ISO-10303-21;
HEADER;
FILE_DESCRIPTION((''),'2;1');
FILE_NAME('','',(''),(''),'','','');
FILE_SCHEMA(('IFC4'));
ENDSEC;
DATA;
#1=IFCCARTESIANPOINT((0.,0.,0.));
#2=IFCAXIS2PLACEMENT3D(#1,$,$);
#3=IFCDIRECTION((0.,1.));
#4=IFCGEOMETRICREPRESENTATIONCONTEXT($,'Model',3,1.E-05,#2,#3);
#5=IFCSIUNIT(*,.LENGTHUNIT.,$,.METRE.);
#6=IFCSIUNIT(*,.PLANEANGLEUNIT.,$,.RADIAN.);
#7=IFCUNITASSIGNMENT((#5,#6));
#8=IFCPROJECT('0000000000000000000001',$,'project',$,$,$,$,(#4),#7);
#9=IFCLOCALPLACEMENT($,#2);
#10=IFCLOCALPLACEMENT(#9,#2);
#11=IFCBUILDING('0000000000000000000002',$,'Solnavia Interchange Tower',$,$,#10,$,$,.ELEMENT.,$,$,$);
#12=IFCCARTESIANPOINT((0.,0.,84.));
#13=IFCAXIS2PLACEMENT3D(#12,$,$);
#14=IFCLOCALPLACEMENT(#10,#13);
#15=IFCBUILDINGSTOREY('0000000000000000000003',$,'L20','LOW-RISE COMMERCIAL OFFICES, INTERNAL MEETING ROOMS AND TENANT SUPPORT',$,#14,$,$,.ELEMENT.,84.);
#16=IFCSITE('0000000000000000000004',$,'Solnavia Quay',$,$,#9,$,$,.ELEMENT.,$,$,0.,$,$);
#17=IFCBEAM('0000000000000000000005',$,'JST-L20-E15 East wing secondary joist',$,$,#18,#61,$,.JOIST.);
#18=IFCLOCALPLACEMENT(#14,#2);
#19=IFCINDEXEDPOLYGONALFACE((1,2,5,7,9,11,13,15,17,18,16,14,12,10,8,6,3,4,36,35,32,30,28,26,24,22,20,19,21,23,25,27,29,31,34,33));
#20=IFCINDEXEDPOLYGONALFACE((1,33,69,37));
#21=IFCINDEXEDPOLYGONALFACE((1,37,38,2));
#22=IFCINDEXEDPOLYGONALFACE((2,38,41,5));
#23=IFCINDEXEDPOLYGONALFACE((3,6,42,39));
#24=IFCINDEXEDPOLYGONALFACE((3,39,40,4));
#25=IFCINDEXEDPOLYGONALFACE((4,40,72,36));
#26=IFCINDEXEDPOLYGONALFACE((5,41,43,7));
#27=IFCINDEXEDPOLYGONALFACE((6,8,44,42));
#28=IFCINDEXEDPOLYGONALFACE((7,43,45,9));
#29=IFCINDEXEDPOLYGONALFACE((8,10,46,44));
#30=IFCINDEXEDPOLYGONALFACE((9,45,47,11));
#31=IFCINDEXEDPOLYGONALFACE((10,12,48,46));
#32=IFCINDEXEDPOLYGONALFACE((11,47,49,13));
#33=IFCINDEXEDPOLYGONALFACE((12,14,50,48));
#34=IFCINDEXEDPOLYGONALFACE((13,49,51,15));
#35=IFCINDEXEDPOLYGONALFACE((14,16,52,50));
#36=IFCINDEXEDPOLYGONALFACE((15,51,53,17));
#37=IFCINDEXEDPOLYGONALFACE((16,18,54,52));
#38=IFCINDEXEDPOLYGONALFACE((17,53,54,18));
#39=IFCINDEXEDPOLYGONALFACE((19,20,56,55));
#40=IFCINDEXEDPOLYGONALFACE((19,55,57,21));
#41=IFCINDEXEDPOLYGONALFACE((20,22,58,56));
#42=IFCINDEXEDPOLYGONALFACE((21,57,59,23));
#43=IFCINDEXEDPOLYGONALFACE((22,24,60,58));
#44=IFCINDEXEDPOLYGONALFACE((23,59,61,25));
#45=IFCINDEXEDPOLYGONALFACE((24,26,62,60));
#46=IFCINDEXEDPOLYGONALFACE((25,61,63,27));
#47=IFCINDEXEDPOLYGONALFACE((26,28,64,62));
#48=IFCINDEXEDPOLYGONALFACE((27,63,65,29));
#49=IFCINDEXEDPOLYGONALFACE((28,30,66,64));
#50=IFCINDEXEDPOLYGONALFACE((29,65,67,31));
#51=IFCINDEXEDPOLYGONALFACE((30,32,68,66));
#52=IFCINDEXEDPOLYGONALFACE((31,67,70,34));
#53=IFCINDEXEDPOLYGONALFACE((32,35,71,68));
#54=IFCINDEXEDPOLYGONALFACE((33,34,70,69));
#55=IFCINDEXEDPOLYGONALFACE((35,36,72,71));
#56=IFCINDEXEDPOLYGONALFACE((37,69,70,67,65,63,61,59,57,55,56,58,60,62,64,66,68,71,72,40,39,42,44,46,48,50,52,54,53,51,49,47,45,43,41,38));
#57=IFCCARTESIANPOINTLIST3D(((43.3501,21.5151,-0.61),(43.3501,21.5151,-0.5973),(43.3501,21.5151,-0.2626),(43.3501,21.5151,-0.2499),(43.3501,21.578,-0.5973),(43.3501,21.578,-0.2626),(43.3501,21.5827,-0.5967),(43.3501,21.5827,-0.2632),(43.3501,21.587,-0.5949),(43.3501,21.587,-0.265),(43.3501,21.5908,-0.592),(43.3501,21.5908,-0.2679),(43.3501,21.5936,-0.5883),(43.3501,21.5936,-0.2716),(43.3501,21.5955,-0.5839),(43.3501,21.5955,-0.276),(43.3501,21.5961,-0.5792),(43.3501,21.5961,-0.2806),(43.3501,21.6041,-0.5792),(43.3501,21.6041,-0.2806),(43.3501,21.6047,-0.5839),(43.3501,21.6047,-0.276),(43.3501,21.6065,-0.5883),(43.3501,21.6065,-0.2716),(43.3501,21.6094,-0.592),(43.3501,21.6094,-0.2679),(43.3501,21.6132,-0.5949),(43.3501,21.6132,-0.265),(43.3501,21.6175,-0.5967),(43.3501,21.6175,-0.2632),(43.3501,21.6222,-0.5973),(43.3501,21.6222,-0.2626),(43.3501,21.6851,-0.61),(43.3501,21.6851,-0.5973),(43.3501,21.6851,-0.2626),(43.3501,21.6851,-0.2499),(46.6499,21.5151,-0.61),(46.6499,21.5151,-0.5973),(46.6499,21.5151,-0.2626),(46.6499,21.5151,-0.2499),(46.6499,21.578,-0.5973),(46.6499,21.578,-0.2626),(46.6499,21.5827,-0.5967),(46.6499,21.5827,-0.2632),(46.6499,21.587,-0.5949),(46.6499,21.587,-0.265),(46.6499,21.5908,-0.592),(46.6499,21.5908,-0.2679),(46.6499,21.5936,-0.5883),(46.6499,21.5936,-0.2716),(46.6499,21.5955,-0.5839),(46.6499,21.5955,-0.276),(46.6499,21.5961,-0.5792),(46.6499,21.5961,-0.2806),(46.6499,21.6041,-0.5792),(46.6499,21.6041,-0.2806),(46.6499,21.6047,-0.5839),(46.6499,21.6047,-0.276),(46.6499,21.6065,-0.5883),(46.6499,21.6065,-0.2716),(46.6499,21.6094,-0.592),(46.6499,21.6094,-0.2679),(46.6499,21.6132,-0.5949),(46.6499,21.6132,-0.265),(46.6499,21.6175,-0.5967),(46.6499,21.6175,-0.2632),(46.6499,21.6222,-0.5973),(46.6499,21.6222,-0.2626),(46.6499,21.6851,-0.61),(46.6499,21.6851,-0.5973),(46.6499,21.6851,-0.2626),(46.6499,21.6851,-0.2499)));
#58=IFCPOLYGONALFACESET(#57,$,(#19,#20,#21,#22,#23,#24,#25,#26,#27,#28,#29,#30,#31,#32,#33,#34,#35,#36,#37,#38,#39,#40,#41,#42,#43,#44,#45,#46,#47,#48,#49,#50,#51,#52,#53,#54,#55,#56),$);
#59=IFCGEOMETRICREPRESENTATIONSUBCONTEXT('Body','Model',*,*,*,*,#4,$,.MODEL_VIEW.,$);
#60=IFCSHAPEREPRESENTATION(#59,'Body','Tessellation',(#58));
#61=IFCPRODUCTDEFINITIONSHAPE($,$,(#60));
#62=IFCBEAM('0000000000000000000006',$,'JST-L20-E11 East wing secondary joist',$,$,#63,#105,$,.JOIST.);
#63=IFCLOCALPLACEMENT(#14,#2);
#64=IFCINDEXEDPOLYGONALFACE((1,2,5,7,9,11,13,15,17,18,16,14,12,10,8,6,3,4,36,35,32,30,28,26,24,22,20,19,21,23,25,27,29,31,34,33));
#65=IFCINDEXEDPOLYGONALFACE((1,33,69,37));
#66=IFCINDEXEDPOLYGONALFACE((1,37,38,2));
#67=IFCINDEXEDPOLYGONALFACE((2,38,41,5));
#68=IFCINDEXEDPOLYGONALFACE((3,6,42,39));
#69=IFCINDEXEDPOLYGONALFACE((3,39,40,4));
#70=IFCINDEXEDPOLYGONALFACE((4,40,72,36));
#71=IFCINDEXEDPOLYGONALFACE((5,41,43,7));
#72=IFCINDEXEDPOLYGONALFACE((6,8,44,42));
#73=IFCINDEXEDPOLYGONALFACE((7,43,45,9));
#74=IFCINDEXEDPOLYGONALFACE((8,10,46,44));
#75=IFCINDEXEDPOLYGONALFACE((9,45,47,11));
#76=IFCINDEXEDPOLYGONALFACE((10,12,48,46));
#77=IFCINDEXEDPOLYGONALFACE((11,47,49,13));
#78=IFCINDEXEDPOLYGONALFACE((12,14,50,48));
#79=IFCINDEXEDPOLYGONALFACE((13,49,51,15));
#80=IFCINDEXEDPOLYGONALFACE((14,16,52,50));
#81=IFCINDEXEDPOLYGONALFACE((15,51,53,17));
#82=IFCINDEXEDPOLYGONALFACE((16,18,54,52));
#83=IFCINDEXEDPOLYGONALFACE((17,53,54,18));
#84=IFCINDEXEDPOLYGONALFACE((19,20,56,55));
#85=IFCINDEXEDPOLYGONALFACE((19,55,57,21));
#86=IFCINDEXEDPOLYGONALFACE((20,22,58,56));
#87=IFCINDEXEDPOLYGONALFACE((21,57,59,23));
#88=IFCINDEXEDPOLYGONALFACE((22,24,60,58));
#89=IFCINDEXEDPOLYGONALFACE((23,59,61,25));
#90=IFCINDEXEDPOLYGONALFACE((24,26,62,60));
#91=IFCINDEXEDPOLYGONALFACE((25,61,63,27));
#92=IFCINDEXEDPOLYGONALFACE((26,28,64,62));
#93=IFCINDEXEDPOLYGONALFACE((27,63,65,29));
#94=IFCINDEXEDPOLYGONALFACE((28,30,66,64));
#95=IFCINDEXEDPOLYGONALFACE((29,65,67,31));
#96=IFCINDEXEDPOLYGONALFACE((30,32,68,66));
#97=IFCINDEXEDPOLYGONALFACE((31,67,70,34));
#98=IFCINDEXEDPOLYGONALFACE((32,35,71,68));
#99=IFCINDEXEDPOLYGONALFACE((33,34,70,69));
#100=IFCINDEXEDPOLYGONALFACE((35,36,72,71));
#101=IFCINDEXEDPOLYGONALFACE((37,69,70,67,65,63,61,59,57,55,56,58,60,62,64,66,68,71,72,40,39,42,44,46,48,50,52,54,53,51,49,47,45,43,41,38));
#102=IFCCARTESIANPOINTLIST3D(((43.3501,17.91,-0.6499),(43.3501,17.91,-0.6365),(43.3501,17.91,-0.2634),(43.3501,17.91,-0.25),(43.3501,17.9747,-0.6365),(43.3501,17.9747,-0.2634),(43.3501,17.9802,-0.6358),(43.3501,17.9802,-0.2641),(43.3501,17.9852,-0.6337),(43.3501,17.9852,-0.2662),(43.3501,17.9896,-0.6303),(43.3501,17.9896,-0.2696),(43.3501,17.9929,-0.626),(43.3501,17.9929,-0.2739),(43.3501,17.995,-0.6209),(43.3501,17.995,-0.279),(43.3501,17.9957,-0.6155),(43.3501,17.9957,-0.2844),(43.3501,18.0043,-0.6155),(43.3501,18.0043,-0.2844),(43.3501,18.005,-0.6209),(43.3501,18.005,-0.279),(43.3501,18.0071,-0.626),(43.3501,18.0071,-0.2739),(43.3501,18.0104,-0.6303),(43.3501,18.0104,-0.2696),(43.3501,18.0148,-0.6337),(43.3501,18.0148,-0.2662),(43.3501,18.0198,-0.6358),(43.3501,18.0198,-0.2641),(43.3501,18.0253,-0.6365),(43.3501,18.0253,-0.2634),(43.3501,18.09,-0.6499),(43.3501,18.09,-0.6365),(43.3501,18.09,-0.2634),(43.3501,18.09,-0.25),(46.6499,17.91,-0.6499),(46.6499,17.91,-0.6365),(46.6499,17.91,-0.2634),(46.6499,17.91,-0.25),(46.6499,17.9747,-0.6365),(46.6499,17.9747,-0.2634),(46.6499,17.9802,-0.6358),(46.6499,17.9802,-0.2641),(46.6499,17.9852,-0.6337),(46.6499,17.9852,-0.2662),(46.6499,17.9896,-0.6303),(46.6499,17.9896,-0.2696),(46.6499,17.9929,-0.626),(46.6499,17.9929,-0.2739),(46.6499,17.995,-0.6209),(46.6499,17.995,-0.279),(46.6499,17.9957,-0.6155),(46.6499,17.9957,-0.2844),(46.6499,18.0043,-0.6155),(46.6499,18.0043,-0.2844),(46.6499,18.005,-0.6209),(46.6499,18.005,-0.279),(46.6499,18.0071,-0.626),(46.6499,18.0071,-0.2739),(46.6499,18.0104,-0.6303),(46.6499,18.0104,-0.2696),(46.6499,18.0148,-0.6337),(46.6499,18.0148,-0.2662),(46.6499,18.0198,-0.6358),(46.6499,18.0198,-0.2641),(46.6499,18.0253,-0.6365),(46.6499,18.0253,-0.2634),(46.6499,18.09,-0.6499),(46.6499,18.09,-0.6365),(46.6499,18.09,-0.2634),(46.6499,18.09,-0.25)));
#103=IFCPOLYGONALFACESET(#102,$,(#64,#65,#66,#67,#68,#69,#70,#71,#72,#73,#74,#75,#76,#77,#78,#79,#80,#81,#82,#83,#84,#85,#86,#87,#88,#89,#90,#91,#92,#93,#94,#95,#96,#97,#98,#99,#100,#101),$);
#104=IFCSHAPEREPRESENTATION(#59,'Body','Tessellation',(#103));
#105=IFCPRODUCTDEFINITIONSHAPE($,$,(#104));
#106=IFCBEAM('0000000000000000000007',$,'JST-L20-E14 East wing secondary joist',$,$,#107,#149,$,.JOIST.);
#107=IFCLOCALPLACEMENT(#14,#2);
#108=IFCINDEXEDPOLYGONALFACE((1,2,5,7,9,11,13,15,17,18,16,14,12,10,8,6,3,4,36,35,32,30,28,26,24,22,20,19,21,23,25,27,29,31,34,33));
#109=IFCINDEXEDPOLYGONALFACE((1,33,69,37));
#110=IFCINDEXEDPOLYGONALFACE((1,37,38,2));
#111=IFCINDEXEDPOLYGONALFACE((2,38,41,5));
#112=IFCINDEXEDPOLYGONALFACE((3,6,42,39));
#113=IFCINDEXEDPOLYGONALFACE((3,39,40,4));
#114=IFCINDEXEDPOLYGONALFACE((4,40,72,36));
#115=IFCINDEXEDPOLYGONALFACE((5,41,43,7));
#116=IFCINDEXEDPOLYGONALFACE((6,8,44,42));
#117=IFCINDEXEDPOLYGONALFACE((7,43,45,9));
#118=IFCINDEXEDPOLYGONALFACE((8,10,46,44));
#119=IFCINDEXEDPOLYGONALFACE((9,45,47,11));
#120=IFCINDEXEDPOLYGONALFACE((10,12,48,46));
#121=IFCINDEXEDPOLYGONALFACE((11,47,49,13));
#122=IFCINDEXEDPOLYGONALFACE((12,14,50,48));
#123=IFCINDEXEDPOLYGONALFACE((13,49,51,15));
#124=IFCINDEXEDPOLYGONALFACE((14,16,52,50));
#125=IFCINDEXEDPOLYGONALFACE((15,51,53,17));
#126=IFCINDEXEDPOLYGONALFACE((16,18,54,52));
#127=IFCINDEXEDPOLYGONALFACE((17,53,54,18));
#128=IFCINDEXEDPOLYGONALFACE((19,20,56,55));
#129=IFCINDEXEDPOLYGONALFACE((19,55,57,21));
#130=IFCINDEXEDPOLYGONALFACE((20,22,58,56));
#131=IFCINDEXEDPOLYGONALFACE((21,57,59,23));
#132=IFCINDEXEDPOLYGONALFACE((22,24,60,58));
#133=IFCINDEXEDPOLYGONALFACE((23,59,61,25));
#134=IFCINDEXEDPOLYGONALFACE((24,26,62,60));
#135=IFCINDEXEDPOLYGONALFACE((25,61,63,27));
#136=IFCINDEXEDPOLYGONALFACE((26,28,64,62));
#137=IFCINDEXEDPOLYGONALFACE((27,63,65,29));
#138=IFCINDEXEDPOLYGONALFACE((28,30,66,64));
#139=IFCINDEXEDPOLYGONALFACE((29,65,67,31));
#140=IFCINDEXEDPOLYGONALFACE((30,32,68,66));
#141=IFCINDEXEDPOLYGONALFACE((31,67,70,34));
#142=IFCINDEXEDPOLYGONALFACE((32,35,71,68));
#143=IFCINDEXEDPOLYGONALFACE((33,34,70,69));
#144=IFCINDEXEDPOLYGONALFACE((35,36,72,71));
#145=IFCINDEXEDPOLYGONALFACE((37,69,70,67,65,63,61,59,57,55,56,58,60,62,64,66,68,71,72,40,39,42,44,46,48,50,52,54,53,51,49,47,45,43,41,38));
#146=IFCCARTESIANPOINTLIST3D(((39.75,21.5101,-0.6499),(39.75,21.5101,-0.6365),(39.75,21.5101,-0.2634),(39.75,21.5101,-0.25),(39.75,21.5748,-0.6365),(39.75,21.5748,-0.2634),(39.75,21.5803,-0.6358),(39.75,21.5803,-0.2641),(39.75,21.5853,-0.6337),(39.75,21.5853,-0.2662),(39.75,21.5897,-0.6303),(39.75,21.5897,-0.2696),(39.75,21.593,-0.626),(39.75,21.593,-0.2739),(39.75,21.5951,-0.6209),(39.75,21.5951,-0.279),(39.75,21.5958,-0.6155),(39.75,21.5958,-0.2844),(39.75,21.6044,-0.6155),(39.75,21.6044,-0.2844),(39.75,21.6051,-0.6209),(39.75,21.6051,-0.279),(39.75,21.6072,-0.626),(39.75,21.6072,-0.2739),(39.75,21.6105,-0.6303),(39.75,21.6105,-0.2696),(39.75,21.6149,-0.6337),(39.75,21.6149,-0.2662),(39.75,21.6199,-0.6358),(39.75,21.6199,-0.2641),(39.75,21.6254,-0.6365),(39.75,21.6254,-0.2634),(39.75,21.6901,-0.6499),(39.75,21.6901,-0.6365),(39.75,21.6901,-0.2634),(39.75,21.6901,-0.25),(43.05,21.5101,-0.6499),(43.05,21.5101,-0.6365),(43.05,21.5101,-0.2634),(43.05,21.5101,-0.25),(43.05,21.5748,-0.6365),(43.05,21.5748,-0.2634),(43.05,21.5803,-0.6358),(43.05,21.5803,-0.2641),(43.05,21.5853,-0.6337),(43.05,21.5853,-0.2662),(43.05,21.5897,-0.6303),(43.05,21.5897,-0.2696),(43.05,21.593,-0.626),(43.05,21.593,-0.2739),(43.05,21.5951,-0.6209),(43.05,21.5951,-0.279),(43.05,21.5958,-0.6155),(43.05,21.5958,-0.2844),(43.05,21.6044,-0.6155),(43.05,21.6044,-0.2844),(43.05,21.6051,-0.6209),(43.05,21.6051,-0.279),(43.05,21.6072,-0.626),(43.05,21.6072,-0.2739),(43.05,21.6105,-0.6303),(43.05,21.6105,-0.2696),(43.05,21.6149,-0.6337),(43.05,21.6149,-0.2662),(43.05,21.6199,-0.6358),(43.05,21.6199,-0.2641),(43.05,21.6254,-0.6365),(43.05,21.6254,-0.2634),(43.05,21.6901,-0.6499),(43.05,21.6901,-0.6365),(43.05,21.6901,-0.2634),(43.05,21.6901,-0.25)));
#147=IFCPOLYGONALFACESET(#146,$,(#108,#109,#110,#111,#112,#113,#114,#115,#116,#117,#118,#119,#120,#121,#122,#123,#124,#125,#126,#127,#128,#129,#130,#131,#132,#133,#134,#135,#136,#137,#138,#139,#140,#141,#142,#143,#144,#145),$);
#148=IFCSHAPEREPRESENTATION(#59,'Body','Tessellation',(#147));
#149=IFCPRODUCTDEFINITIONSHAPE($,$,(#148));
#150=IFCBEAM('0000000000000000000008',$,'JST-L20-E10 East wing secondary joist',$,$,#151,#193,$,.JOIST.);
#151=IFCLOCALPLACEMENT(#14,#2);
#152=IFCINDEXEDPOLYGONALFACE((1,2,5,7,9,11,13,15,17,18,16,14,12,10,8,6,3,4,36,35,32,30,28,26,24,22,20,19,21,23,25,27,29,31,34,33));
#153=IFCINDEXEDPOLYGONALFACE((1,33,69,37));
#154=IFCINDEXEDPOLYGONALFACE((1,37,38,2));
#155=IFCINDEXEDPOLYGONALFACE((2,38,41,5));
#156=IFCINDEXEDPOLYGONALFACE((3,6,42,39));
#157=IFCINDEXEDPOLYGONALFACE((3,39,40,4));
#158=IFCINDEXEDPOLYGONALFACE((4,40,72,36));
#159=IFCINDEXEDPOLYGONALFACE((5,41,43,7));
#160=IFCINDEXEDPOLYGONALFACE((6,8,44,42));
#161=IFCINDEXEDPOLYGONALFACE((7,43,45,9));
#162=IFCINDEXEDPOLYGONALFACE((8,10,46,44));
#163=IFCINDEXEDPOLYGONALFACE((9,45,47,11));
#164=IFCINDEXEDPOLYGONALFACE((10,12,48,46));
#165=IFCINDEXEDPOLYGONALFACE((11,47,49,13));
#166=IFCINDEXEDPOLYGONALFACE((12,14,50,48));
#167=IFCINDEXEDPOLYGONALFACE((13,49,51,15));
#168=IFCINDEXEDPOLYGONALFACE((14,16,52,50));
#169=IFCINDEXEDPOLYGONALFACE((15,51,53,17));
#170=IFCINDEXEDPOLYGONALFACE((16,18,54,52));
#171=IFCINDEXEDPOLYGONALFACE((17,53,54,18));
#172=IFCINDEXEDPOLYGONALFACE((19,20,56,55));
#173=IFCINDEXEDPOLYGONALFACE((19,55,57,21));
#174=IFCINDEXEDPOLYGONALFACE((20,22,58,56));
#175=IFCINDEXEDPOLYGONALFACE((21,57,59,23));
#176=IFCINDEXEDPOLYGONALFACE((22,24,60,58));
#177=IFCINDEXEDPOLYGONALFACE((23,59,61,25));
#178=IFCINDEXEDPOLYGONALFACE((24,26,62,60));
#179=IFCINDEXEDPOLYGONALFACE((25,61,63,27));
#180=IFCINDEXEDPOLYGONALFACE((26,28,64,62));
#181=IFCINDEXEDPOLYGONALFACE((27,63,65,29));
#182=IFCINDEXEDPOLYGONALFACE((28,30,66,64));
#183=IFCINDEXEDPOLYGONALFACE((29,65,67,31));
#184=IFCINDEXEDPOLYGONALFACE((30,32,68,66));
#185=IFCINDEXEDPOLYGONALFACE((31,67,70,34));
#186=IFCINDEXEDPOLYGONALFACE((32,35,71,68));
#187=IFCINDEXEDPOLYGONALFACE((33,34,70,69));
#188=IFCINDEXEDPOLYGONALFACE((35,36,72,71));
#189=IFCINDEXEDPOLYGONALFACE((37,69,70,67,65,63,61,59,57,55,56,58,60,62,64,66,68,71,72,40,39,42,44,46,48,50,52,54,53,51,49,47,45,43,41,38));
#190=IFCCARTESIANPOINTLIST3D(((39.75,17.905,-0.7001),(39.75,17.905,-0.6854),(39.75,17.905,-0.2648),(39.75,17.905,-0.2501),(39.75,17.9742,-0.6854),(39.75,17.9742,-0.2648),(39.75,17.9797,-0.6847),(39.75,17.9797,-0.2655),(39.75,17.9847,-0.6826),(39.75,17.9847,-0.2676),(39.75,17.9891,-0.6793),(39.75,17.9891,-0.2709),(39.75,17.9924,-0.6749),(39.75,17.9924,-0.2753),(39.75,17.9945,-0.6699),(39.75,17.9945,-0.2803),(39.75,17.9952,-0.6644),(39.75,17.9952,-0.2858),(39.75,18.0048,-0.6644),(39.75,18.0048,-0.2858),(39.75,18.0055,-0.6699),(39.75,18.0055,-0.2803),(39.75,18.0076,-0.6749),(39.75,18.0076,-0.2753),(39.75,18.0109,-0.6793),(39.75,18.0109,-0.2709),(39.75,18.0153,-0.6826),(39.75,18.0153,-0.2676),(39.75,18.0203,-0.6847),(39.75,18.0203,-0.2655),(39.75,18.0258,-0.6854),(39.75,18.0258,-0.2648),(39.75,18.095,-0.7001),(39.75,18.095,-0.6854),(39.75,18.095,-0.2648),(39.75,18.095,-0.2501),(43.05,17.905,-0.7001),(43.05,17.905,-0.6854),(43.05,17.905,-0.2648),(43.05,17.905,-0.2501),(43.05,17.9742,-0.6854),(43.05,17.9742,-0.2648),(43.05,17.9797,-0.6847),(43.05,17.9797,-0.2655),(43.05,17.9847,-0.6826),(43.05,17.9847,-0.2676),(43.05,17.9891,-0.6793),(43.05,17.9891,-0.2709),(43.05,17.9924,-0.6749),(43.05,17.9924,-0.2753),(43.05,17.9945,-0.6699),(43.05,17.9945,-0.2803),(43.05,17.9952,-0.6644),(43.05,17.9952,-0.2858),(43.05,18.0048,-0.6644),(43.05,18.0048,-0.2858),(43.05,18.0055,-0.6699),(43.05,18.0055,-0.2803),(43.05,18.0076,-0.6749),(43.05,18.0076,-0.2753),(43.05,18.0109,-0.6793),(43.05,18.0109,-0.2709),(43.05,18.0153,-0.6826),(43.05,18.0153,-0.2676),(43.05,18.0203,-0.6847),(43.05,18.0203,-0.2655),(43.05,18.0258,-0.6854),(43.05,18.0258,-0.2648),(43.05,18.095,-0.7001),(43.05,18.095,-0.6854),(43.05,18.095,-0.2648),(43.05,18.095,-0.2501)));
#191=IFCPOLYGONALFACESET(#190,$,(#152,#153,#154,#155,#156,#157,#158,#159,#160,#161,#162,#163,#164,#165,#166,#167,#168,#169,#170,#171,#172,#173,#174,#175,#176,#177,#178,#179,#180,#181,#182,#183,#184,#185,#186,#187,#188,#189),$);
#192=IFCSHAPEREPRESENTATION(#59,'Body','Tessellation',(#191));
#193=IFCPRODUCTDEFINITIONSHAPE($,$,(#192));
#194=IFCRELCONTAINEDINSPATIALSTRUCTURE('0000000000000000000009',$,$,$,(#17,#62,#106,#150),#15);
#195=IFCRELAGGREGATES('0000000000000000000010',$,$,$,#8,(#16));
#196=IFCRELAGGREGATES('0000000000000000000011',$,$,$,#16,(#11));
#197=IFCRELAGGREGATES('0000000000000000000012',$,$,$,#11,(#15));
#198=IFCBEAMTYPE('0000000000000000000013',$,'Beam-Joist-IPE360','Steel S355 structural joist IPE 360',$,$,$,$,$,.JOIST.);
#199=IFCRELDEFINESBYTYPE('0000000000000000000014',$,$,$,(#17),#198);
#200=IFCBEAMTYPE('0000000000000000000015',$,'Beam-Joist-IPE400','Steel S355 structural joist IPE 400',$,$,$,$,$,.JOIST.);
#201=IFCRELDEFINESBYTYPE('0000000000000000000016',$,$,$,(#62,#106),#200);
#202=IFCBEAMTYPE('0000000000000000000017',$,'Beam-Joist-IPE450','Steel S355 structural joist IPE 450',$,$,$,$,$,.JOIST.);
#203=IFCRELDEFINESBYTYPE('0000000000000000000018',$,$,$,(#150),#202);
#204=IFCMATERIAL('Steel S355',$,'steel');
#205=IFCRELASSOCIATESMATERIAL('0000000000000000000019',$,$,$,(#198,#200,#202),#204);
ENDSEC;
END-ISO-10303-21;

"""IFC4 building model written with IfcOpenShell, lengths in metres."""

from ifc_helpers import new_model, si_unit, direction, frame, origin, origin_2d, place, context, subcontext, project, spatial, i_section, extrude, material, material_profile, profile_set, type_object, element, save


model = new_model("IFC4")

# Units and contexts
model_context = context("Model", 3, precision=1e-05, world=origin(), true_north=direction((0.0, 1.0)))
body_context = subcontext(model_context, "Body", "Model", "MODEL_VIEW")
ifc_project = project(units=[si_unit("LENGTHUNIT", "METRE"), si_unit("PLANEANGLEUNIT", "RADIAN")], contexts=[model_context])

# Site, building, storey
site_placement = place(None, origin())
site = spatial("IfcSite", under=ifc_project, at=site_placement, Name="Solnavia Quay", CompositionType="ELEMENT", RefElevation=0.0)
building_placement = place(site_placement, origin())
building = spatial("IfcBuilding", under=site, at=building_placement, Name="Solnavia Interchange Tower", CompositionType="ELEMENT")
storey_placement = place(building_placement, frame((0.0, 0.0, 84.0)))
storey = spatial("IfcBuildingStorey", under=building, at=storey_placement, Name="L20", Description="LOW-RISE COMMERCIAL OFFICES, INTERNAL MEETING ROOMS AND TENANT SUPPORT", CompositionType="ELEMENT", Elevation=84.0)

# Shared definitions
ifc_material_1 = material(Name="Steel S355", Category="steel")

# Beams
ifc_material_profile_1 = material_profile(ifc_material_1, i_section(OverallWidth=0.1699, OverallDepth=0.3601, WebThickness=0.0081, FlangeThickness=0.0127, FilletRadius=0.0181, at=origin_2d()), Name="IPE 360")
ifc_profile_set_1 = profile_set([ifc_material_profile_1], Name="Steel S355")
beam_type_1 = type_object("IfcBeamType", Name="Beam-Joist-IPE360", Description="Steel S355 structural joist IPE 360", PredefinedType="JOIST", material=ifc_profile_set_1)
beam_1_placement = place(storey_placement, frame((43.3501, 21.6001, -0.4299), z_axis=(1.0, 0.0, 0.0), x_axis=(0.0, 1.0, 0.0)))
element("IfcBeam", 1, at=beam_1_placement, inside=storey, type_object=beam_type_1, Name="JST-L20-E15 East wing secondary joist", PredefinedType="JOIST", context=body_context, shape_type="SweptSolid", body=[
    extrude(i_section(OverallWidth=0.1699, OverallDepth=0.3601, WebThickness=0.0081, FlangeThickness=0.0127, FilletRadius=0.0181, at=origin_2d()), origin(), (0.0, 0.0, 1.0), 3.2998),
])
ifc_material_profile_2 = material_profile(ifc_material_1, i_section(OverallWidth=0.1799, OverallDepth=0.3999, WebThickness=0.0085, FlangeThickness=0.0134, FilletRadius=0.021, at=origin_2d()), Name="IPE 400")
ifc_profile_set_2 = profile_set([ifc_material_profile_2], Name="Steel S355")
beam_type_2 = type_object("IfcBeamType", Name="Beam-Joist-IPE400", Description="Steel S355 structural joist IPE 400", PredefinedType="JOIST", material=ifc_profile_set_2)
beam_2_placement = place(storey_placement, frame((43.3501, 18.0, -0.45), z_axis=(1.0, 0.0, 0.0), x_axis=(0.0, 1.0, 0.0)))
element("IfcBeam", 2, at=beam_2_placement, inside=storey, type_object=beam_type_2, Name="JST-L20-E11 East wing secondary joist", PredefinedType="JOIST", context=body_context, shape_type="SweptSolid", body=[
    extrude(i_section(OverallWidth=0.1799, OverallDepth=0.3999, WebThickness=0.0085, FlangeThickness=0.0134, FilletRadius=0.021, at=origin_2d()), origin(), (0.0, 0.0, 1.0), 3.2998),
])
beam_3_placement = place(storey_placement, frame((39.75, 21.6001, -0.45), z_axis=(1.0, 0.0, 0.0), x_axis=(0.0, 1.0, 0.0)))
element("IfcBeam", 3, at=beam_3_placement, inside=storey, type_object=beam_type_2, Name="JST-L20-E14 East wing secondary joist", PredefinedType="JOIST", context=body_context, shape_type="SweptSolid", body=[
    extrude(i_section(OverallWidth=0.1799, OverallDepth=0.3999, WebThickness=0.0085, FlangeThickness=0.0134, FilletRadius=0.021, at=origin_2d()), origin(), (0.0, 0.0, 1.0), 3.3),
])
ifc_material_profile_3 = material_profile(ifc_material_1, i_section(OverallWidth=0.1899, OverallDepth=0.45, WebThickness=0.0095, FlangeThickness=0.0146, FilletRadius=0.021, at=origin_2d()), Name="IPE 450")
ifc_profile_set_3 = profile_set([ifc_material_profile_3], Name="Steel S355")
beam_type_3 = type_object("IfcBeamType", Name="Beam-Joist-IPE450", Description="Steel S355 structural joist IPE 450", PredefinedType="JOIST", material=ifc_profile_set_3)
for number, where, z_axis, x_axis, name in (
    (4, (39.75, 18.0, -0.4751), (1.0, 0.0, 0.0), (0.0, 1.0, 0.0), "JST-L20-E10 East wing secondary joist"),
):
    element("IfcBeam", number, at=place(storey_placement, frame(where, z_axis=z_axis, x_axis=x_axis)), inside=storey, type_object=beam_type_3, Name=name, PredefinedType="JOIST", context=body_context, shape_type="SweptSolid", body=[
        extrude(i_section(OverallWidth=0.1899, OverallDepth=0.45, WebThickness=0.0095, FlangeThickness=0.0146, FilletRadius=0.021, at=origin_2d()), origin(), (0.0, 0.0, 1.0), 3.3),
    ])

save(model, "model.ifc")
